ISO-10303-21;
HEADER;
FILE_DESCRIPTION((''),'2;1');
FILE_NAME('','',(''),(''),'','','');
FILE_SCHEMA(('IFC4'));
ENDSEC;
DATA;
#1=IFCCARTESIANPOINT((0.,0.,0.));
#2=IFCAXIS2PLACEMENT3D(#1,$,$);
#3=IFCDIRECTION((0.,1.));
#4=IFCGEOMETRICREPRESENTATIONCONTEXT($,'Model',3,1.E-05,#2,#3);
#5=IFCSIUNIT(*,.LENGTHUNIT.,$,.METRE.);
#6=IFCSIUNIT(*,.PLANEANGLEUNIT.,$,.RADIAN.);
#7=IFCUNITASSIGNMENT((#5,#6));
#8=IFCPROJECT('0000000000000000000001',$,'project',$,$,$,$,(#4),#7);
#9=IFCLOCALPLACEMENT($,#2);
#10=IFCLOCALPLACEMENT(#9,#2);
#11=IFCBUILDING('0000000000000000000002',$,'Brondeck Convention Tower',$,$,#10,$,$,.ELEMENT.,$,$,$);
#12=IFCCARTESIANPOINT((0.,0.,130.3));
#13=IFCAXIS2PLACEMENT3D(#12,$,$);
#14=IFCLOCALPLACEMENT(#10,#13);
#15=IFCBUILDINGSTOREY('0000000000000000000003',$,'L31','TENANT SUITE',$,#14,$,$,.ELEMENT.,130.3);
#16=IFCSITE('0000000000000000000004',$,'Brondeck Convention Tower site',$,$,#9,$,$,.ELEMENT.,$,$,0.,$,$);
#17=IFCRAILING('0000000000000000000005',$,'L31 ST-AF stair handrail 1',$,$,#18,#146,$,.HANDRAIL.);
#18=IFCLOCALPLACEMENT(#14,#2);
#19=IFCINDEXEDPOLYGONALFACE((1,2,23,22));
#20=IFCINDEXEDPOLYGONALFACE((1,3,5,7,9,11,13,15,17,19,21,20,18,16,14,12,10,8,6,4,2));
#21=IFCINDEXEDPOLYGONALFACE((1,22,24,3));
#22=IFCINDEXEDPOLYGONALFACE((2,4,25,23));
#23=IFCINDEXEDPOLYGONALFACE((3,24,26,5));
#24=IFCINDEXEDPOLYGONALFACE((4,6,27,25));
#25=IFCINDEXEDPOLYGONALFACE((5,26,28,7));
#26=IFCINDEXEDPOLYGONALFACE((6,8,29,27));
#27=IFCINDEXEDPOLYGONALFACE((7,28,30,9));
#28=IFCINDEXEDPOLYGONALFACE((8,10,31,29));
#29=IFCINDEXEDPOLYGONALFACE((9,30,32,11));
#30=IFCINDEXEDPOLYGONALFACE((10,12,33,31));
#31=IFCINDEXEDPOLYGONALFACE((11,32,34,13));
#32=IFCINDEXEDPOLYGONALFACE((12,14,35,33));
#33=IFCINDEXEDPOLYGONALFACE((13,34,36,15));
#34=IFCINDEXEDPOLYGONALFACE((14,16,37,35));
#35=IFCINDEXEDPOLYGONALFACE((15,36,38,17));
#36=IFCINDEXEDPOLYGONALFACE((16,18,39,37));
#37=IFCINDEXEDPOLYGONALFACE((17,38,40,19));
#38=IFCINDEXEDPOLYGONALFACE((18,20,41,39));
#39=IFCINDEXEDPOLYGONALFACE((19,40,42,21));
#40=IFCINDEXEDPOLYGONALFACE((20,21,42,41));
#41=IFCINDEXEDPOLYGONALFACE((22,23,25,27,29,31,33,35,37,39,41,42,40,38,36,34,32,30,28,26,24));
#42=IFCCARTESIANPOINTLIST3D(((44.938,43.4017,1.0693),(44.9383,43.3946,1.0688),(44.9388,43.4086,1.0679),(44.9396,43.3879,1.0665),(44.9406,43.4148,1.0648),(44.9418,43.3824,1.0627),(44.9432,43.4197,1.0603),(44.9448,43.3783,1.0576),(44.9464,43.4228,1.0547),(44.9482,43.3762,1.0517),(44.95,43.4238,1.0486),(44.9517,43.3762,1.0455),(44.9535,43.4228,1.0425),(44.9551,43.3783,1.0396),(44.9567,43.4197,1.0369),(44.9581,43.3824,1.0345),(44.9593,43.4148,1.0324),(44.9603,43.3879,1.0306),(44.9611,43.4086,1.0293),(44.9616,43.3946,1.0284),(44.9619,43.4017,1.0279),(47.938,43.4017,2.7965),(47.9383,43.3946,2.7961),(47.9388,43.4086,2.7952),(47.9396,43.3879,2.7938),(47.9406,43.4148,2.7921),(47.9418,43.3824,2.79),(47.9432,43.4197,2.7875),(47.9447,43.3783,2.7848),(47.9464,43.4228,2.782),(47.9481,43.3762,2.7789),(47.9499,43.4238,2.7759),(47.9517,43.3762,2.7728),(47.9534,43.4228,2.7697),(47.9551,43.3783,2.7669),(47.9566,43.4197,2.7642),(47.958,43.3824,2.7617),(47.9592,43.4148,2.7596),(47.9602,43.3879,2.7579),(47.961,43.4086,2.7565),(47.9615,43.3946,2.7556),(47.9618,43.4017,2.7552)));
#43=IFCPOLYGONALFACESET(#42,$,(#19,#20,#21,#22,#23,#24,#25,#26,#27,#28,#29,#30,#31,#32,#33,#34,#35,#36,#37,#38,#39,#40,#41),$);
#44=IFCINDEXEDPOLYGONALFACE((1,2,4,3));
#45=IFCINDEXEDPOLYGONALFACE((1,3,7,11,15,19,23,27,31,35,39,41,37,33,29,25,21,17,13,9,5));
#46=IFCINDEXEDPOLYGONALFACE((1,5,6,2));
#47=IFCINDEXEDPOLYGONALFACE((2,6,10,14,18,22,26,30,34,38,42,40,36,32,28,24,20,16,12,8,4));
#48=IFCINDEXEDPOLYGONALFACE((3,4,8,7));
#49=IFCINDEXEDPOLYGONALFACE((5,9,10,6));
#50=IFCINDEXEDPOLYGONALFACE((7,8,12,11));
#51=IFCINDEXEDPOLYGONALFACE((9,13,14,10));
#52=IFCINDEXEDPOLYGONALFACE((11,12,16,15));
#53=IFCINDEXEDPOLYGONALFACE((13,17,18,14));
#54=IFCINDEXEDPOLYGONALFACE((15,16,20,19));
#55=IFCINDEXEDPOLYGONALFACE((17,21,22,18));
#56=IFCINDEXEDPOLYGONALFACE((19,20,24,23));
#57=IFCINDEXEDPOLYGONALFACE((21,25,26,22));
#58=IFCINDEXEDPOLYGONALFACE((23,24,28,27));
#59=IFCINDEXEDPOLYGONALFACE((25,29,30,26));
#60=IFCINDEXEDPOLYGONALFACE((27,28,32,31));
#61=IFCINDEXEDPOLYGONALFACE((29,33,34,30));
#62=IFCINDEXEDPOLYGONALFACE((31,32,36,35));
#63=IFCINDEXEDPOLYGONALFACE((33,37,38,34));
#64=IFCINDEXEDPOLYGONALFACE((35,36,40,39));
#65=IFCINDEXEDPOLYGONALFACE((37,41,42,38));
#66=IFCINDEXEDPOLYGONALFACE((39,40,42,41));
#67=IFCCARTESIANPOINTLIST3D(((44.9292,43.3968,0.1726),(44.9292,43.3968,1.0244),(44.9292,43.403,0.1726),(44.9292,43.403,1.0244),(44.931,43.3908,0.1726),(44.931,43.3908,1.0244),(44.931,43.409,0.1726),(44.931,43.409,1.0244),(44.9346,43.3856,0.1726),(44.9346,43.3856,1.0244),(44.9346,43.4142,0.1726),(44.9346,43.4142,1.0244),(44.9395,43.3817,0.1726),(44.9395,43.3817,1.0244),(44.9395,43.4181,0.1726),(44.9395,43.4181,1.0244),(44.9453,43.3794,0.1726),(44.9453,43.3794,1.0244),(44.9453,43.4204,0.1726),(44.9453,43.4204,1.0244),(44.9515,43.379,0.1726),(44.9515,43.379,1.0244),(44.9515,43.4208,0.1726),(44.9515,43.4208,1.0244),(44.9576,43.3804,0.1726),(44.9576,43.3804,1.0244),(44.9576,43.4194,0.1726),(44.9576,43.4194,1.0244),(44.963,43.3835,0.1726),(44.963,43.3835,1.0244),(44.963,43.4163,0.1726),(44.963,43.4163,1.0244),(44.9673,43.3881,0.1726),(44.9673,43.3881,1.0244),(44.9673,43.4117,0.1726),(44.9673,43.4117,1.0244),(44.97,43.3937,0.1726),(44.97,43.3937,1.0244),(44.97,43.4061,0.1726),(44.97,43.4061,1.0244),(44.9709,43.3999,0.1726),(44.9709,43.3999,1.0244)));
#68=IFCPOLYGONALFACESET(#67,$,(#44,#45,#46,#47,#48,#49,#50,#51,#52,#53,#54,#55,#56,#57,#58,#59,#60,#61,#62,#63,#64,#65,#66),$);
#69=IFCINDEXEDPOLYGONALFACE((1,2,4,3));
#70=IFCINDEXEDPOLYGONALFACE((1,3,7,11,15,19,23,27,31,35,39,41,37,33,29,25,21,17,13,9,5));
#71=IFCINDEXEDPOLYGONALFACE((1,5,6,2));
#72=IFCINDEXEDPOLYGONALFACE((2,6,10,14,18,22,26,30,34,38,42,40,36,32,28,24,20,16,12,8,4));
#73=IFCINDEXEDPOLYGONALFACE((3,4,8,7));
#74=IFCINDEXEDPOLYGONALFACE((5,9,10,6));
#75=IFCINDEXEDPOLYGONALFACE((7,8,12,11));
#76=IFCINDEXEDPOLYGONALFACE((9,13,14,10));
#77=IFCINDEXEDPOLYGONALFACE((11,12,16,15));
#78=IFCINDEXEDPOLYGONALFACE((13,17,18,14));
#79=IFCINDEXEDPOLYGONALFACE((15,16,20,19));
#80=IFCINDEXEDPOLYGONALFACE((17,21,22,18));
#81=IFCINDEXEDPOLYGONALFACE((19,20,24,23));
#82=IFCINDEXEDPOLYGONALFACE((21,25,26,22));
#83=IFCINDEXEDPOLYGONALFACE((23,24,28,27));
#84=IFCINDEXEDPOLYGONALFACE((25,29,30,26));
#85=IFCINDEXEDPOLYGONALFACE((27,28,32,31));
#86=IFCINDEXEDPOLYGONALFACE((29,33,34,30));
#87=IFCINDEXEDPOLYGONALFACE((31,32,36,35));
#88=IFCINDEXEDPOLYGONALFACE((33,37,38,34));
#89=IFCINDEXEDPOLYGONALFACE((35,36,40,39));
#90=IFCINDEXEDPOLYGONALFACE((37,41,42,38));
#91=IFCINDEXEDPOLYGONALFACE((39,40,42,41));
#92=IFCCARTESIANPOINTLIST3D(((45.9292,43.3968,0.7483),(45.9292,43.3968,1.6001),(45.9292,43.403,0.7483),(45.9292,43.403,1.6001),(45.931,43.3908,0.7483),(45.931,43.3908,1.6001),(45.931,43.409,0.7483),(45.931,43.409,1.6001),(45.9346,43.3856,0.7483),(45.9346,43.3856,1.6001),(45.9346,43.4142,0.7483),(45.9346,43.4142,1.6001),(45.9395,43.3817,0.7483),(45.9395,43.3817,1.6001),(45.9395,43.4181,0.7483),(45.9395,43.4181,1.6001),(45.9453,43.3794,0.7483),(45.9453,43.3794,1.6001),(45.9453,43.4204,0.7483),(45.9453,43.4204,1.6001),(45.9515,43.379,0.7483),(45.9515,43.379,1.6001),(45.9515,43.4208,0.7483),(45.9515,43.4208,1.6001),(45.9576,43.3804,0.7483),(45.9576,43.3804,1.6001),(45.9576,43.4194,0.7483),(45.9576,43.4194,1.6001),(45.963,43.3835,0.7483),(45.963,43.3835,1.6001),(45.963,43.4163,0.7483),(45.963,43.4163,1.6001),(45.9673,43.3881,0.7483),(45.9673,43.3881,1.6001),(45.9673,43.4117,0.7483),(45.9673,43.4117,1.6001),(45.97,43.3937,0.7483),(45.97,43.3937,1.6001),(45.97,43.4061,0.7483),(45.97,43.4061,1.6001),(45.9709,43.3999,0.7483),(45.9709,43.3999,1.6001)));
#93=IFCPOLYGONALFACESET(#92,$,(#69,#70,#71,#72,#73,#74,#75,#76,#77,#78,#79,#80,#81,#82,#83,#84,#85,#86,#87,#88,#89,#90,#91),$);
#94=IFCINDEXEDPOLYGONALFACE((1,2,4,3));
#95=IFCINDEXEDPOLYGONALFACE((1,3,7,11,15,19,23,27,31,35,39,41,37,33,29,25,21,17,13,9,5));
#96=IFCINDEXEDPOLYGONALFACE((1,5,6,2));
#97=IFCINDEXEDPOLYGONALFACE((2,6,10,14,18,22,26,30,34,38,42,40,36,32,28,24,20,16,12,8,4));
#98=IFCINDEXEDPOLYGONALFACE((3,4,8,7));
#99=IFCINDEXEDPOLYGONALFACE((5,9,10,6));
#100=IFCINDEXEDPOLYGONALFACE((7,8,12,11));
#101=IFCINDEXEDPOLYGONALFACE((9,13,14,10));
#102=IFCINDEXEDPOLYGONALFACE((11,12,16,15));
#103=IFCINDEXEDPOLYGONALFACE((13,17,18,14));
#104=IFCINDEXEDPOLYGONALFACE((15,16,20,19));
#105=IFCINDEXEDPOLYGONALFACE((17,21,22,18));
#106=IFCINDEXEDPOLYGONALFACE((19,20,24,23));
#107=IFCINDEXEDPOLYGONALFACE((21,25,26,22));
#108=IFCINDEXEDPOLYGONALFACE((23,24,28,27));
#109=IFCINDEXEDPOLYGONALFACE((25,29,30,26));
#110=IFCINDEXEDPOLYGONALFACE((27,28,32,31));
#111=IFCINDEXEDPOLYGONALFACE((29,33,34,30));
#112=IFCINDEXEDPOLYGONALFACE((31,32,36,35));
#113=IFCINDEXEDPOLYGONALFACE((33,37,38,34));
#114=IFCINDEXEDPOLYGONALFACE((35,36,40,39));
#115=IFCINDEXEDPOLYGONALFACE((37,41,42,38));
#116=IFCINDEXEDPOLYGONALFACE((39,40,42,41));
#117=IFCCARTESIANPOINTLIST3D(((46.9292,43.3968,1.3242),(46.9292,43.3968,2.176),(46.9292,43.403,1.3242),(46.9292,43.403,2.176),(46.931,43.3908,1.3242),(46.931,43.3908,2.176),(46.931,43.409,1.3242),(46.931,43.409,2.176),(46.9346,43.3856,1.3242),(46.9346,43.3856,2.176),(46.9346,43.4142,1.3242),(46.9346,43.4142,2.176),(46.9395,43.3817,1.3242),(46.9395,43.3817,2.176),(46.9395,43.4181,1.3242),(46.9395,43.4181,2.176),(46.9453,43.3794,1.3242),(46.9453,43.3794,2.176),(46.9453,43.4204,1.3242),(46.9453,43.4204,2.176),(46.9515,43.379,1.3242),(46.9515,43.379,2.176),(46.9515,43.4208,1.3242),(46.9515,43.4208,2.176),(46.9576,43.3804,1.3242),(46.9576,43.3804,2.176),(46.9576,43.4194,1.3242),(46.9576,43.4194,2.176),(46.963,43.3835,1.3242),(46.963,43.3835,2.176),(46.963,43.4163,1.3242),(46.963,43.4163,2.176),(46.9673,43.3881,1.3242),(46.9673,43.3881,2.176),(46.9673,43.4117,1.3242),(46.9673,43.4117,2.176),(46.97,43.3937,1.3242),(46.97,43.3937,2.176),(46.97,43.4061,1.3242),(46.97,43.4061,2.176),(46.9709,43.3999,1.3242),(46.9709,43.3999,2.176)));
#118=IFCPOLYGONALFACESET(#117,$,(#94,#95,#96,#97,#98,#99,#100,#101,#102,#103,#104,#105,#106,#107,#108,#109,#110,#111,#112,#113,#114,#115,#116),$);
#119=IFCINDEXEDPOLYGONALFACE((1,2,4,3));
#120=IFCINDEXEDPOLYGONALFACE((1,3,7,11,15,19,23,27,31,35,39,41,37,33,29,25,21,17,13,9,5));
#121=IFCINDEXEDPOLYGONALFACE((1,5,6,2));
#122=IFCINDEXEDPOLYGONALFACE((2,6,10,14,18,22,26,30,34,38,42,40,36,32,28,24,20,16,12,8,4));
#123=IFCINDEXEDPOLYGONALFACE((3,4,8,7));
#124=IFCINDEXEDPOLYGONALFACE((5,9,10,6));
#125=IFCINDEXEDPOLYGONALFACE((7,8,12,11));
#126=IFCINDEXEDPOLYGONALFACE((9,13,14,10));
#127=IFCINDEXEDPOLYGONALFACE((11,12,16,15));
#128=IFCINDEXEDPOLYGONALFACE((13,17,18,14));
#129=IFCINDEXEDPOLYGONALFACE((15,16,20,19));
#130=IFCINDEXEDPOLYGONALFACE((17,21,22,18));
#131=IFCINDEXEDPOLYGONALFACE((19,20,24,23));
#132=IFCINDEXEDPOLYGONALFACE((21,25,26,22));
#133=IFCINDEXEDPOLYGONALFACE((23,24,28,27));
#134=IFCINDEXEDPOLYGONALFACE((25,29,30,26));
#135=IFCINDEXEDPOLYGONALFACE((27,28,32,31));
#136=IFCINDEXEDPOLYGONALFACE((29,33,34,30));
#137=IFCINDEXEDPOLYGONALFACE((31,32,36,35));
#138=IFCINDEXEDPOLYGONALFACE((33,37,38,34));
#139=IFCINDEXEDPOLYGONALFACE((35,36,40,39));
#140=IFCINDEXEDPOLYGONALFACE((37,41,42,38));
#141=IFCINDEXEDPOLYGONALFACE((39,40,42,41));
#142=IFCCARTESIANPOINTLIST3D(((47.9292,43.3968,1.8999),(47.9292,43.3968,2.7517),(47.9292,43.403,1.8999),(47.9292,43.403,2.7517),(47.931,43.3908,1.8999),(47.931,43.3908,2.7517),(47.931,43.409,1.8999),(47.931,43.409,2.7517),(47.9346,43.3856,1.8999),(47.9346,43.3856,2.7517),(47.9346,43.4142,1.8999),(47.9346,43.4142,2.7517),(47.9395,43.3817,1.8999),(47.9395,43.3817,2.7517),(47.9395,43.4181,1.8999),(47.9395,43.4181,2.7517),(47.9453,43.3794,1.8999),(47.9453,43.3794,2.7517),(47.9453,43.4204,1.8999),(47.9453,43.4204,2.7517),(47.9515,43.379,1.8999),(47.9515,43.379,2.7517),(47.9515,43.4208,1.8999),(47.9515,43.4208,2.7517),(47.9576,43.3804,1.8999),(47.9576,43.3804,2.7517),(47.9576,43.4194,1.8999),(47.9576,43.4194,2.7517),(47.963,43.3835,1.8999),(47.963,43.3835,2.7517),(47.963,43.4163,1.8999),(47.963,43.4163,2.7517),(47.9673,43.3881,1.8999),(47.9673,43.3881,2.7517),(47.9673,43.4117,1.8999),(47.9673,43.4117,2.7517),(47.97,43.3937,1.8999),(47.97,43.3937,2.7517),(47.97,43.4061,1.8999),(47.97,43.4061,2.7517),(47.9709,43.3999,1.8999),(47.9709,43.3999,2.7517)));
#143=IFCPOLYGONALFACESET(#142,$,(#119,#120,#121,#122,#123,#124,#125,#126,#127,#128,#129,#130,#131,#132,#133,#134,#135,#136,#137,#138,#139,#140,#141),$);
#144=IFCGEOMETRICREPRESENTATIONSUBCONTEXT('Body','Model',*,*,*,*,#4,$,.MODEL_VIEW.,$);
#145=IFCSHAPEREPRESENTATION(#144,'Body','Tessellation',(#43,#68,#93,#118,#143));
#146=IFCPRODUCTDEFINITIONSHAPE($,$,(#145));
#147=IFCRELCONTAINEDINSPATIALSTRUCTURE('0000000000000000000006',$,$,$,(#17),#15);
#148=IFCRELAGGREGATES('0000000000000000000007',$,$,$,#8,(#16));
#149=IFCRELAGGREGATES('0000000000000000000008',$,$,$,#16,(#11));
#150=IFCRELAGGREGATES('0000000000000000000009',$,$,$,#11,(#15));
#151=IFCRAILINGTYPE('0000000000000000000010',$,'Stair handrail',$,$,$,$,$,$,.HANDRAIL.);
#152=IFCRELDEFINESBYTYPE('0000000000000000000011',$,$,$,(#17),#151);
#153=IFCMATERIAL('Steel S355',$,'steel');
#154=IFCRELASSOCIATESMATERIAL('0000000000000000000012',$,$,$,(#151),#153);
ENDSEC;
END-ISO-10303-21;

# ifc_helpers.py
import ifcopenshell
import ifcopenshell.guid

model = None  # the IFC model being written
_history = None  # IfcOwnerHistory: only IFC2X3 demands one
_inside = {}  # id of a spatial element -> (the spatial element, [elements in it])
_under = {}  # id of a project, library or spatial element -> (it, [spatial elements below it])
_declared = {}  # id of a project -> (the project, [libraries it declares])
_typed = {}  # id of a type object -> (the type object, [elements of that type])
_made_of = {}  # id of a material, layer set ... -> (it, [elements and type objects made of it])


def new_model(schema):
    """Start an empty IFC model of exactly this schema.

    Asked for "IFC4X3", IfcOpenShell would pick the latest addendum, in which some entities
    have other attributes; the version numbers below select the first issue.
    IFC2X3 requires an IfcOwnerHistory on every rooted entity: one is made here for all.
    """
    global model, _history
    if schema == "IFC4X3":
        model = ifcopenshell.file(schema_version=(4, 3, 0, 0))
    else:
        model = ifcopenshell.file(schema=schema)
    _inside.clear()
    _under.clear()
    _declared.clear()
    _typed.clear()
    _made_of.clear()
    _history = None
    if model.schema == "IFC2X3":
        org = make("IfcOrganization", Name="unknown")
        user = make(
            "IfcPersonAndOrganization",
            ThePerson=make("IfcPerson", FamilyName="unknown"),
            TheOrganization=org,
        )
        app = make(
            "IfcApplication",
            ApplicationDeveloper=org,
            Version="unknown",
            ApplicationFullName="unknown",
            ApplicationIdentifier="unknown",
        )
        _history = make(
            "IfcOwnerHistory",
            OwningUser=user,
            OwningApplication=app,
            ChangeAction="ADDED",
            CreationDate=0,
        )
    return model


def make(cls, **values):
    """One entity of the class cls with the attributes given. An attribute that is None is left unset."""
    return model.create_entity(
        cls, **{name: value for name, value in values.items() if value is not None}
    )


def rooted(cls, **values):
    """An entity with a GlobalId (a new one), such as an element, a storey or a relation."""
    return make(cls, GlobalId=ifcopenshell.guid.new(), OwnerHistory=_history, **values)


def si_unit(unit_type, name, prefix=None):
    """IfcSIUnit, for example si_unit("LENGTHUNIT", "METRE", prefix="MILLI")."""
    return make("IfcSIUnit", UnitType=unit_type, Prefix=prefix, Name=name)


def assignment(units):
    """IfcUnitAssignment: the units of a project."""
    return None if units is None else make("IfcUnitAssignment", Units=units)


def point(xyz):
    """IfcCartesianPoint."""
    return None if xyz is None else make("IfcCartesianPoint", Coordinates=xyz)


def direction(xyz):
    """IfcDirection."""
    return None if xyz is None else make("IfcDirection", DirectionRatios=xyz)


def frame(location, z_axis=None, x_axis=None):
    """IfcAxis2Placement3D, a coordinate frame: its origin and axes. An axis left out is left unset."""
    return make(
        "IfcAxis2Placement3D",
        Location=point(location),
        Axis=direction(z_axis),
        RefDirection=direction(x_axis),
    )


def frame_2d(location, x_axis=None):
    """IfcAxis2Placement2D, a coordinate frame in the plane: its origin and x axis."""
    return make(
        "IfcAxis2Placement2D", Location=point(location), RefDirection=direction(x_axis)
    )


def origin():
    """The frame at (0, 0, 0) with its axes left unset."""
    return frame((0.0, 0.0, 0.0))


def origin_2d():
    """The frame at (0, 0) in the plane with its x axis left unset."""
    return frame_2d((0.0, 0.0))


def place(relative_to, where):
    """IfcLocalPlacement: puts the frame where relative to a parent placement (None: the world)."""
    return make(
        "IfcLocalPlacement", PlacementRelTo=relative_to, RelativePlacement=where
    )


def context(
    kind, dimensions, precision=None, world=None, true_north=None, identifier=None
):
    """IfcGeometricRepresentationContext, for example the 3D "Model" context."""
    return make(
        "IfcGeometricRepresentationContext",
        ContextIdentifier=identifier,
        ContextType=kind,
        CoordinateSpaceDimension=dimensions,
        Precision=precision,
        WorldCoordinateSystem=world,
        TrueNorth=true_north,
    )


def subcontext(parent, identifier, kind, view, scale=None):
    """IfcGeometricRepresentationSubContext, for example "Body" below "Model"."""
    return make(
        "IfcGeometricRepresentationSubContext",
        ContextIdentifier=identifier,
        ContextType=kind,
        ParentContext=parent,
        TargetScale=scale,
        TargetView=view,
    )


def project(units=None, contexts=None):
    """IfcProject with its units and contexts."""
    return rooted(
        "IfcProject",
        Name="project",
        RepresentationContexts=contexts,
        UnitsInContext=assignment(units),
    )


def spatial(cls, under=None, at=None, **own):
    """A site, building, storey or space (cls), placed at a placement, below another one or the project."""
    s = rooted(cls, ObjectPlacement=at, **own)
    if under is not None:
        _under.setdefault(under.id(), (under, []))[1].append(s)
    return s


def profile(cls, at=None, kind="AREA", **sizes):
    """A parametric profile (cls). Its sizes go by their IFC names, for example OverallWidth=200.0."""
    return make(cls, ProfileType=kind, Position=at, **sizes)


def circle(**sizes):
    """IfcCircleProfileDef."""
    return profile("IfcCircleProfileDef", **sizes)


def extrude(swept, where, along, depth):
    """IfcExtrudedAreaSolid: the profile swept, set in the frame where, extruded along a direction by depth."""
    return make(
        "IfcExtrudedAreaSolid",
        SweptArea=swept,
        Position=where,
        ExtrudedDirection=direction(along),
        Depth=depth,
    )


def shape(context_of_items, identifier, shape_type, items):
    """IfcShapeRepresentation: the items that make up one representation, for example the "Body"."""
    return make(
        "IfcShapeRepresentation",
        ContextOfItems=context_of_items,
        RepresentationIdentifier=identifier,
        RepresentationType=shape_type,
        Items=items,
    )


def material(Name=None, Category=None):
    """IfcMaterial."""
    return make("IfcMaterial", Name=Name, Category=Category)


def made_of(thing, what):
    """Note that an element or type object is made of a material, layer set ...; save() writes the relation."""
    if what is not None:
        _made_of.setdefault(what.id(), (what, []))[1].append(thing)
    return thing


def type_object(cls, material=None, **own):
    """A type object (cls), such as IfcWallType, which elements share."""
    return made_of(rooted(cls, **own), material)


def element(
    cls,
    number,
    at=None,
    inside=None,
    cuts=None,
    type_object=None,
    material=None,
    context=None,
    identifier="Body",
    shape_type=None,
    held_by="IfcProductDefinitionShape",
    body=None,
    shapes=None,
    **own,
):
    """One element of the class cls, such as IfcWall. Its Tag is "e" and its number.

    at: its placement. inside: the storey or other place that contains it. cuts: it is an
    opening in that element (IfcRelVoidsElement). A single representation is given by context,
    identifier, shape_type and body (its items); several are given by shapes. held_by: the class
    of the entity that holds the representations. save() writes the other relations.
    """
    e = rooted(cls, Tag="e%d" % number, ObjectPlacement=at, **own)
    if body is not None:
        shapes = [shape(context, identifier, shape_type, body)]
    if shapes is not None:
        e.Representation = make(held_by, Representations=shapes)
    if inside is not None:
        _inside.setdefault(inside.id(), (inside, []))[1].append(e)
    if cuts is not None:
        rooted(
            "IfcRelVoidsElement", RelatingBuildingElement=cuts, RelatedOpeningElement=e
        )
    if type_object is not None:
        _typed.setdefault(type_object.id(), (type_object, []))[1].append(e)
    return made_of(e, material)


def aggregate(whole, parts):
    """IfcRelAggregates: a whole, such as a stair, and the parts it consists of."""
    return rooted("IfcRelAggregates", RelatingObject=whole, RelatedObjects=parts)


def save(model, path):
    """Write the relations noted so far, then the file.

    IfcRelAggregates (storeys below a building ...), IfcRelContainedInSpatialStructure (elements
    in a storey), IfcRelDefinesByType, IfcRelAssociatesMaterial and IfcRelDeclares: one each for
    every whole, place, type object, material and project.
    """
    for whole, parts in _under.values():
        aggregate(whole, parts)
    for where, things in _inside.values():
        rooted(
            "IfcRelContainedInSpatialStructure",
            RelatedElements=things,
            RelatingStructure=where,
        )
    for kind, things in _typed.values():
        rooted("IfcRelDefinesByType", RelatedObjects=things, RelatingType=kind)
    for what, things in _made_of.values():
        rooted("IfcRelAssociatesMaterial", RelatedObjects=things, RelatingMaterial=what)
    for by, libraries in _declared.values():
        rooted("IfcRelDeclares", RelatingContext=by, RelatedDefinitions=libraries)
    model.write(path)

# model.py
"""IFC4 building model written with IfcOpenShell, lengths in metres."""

from ifc_helpers import new_model, si_unit, direction, frame, origin, origin_2d, place, context, subcontext, project, spatial, circle, extrude, material, type_object, element, save


model = new_model("IFC4")

# Units and contexts
model_context = context("Model", 3, precision=1e-05, world=origin(), true_north=direction((0.0, 1.0)))
body_context = subcontext(model_context, "Body", "Model", "MODEL_VIEW")
ifc_project = project(units=[si_unit("LENGTHUNIT", "METRE"), si_unit("PLANEANGLEUNIT", "RADIAN")], contexts=[model_context])

# Site, building, storey
site_placement = place(None, origin())
site = spatial("IfcSite", under=ifc_project, at=site_placement, Name="Brondeck Convention Tower site", CompositionType="ELEMENT", RefElevation=0.0)
building_placement = place(site_placement, origin())
building = spatial("IfcBuilding", under=site, at=building_placement, Name="Brondeck Convention Tower", CompositionType="ELEMENT")
storey_placement = place(building_placement, frame((0.0, 0.0, 130.3)))
storey = spatial("IfcBuildingStorey", under=building, at=storey_placement, Name="L31", Description="TENANT SUITE", CompositionType="ELEMENT", Elevation=130.3)

# Shared definitions
ifc_material_1 = material(Name="Steel S355", Category="steel")

# Railing
railing_type = type_object("IfcRailingType", Name="Stair handrail", PredefinedType="HANDRAIL", material=ifc_material_1)
railing_placement = place(storey_placement, frame((44.95, 43.3999, 0.1726)))
element("IfcRailing", 1, at=railing_placement, inside=storey, type_object=railing_type, Name="L31 ST-AF stair handrail 1", PredefinedType="HANDRAIL", context=body_context, shape_type="SweptSolid", body=[
    extrude(circle(Radius=0.0239, at=origin_2d()), frame((0.0, 0.0, 0.876), z_axis=(0.86662, 0.0, 0.498969), x_axis=(0.0, 1.0, 0.0)), (0.0, 0.0, 1.0), 3.4617),
    extrude(circle(Radius=0.021, at=origin_2d()), origin(), (0.0, 0.0, 1.0), 0.8518),
    extrude(circle(Radius=0.021, at=origin_2d()), frame((1.0, 0.0, 0.5757)), (0.0, 0.0, 1.0), 0.8518),
    extrude(circle(Radius=0.021, at=origin_2d()), frame((2.0, 0.0, 1.1516)), (0.0, 0.0, 1.0), 0.8518),
    extrude(circle(Radius=0.021, at=origin_2d()), frame((3.0, 0.0, 1.7273)), (0.0, 0.0, 1.0), 0.8518),
])

save(model, "model.ifc")
